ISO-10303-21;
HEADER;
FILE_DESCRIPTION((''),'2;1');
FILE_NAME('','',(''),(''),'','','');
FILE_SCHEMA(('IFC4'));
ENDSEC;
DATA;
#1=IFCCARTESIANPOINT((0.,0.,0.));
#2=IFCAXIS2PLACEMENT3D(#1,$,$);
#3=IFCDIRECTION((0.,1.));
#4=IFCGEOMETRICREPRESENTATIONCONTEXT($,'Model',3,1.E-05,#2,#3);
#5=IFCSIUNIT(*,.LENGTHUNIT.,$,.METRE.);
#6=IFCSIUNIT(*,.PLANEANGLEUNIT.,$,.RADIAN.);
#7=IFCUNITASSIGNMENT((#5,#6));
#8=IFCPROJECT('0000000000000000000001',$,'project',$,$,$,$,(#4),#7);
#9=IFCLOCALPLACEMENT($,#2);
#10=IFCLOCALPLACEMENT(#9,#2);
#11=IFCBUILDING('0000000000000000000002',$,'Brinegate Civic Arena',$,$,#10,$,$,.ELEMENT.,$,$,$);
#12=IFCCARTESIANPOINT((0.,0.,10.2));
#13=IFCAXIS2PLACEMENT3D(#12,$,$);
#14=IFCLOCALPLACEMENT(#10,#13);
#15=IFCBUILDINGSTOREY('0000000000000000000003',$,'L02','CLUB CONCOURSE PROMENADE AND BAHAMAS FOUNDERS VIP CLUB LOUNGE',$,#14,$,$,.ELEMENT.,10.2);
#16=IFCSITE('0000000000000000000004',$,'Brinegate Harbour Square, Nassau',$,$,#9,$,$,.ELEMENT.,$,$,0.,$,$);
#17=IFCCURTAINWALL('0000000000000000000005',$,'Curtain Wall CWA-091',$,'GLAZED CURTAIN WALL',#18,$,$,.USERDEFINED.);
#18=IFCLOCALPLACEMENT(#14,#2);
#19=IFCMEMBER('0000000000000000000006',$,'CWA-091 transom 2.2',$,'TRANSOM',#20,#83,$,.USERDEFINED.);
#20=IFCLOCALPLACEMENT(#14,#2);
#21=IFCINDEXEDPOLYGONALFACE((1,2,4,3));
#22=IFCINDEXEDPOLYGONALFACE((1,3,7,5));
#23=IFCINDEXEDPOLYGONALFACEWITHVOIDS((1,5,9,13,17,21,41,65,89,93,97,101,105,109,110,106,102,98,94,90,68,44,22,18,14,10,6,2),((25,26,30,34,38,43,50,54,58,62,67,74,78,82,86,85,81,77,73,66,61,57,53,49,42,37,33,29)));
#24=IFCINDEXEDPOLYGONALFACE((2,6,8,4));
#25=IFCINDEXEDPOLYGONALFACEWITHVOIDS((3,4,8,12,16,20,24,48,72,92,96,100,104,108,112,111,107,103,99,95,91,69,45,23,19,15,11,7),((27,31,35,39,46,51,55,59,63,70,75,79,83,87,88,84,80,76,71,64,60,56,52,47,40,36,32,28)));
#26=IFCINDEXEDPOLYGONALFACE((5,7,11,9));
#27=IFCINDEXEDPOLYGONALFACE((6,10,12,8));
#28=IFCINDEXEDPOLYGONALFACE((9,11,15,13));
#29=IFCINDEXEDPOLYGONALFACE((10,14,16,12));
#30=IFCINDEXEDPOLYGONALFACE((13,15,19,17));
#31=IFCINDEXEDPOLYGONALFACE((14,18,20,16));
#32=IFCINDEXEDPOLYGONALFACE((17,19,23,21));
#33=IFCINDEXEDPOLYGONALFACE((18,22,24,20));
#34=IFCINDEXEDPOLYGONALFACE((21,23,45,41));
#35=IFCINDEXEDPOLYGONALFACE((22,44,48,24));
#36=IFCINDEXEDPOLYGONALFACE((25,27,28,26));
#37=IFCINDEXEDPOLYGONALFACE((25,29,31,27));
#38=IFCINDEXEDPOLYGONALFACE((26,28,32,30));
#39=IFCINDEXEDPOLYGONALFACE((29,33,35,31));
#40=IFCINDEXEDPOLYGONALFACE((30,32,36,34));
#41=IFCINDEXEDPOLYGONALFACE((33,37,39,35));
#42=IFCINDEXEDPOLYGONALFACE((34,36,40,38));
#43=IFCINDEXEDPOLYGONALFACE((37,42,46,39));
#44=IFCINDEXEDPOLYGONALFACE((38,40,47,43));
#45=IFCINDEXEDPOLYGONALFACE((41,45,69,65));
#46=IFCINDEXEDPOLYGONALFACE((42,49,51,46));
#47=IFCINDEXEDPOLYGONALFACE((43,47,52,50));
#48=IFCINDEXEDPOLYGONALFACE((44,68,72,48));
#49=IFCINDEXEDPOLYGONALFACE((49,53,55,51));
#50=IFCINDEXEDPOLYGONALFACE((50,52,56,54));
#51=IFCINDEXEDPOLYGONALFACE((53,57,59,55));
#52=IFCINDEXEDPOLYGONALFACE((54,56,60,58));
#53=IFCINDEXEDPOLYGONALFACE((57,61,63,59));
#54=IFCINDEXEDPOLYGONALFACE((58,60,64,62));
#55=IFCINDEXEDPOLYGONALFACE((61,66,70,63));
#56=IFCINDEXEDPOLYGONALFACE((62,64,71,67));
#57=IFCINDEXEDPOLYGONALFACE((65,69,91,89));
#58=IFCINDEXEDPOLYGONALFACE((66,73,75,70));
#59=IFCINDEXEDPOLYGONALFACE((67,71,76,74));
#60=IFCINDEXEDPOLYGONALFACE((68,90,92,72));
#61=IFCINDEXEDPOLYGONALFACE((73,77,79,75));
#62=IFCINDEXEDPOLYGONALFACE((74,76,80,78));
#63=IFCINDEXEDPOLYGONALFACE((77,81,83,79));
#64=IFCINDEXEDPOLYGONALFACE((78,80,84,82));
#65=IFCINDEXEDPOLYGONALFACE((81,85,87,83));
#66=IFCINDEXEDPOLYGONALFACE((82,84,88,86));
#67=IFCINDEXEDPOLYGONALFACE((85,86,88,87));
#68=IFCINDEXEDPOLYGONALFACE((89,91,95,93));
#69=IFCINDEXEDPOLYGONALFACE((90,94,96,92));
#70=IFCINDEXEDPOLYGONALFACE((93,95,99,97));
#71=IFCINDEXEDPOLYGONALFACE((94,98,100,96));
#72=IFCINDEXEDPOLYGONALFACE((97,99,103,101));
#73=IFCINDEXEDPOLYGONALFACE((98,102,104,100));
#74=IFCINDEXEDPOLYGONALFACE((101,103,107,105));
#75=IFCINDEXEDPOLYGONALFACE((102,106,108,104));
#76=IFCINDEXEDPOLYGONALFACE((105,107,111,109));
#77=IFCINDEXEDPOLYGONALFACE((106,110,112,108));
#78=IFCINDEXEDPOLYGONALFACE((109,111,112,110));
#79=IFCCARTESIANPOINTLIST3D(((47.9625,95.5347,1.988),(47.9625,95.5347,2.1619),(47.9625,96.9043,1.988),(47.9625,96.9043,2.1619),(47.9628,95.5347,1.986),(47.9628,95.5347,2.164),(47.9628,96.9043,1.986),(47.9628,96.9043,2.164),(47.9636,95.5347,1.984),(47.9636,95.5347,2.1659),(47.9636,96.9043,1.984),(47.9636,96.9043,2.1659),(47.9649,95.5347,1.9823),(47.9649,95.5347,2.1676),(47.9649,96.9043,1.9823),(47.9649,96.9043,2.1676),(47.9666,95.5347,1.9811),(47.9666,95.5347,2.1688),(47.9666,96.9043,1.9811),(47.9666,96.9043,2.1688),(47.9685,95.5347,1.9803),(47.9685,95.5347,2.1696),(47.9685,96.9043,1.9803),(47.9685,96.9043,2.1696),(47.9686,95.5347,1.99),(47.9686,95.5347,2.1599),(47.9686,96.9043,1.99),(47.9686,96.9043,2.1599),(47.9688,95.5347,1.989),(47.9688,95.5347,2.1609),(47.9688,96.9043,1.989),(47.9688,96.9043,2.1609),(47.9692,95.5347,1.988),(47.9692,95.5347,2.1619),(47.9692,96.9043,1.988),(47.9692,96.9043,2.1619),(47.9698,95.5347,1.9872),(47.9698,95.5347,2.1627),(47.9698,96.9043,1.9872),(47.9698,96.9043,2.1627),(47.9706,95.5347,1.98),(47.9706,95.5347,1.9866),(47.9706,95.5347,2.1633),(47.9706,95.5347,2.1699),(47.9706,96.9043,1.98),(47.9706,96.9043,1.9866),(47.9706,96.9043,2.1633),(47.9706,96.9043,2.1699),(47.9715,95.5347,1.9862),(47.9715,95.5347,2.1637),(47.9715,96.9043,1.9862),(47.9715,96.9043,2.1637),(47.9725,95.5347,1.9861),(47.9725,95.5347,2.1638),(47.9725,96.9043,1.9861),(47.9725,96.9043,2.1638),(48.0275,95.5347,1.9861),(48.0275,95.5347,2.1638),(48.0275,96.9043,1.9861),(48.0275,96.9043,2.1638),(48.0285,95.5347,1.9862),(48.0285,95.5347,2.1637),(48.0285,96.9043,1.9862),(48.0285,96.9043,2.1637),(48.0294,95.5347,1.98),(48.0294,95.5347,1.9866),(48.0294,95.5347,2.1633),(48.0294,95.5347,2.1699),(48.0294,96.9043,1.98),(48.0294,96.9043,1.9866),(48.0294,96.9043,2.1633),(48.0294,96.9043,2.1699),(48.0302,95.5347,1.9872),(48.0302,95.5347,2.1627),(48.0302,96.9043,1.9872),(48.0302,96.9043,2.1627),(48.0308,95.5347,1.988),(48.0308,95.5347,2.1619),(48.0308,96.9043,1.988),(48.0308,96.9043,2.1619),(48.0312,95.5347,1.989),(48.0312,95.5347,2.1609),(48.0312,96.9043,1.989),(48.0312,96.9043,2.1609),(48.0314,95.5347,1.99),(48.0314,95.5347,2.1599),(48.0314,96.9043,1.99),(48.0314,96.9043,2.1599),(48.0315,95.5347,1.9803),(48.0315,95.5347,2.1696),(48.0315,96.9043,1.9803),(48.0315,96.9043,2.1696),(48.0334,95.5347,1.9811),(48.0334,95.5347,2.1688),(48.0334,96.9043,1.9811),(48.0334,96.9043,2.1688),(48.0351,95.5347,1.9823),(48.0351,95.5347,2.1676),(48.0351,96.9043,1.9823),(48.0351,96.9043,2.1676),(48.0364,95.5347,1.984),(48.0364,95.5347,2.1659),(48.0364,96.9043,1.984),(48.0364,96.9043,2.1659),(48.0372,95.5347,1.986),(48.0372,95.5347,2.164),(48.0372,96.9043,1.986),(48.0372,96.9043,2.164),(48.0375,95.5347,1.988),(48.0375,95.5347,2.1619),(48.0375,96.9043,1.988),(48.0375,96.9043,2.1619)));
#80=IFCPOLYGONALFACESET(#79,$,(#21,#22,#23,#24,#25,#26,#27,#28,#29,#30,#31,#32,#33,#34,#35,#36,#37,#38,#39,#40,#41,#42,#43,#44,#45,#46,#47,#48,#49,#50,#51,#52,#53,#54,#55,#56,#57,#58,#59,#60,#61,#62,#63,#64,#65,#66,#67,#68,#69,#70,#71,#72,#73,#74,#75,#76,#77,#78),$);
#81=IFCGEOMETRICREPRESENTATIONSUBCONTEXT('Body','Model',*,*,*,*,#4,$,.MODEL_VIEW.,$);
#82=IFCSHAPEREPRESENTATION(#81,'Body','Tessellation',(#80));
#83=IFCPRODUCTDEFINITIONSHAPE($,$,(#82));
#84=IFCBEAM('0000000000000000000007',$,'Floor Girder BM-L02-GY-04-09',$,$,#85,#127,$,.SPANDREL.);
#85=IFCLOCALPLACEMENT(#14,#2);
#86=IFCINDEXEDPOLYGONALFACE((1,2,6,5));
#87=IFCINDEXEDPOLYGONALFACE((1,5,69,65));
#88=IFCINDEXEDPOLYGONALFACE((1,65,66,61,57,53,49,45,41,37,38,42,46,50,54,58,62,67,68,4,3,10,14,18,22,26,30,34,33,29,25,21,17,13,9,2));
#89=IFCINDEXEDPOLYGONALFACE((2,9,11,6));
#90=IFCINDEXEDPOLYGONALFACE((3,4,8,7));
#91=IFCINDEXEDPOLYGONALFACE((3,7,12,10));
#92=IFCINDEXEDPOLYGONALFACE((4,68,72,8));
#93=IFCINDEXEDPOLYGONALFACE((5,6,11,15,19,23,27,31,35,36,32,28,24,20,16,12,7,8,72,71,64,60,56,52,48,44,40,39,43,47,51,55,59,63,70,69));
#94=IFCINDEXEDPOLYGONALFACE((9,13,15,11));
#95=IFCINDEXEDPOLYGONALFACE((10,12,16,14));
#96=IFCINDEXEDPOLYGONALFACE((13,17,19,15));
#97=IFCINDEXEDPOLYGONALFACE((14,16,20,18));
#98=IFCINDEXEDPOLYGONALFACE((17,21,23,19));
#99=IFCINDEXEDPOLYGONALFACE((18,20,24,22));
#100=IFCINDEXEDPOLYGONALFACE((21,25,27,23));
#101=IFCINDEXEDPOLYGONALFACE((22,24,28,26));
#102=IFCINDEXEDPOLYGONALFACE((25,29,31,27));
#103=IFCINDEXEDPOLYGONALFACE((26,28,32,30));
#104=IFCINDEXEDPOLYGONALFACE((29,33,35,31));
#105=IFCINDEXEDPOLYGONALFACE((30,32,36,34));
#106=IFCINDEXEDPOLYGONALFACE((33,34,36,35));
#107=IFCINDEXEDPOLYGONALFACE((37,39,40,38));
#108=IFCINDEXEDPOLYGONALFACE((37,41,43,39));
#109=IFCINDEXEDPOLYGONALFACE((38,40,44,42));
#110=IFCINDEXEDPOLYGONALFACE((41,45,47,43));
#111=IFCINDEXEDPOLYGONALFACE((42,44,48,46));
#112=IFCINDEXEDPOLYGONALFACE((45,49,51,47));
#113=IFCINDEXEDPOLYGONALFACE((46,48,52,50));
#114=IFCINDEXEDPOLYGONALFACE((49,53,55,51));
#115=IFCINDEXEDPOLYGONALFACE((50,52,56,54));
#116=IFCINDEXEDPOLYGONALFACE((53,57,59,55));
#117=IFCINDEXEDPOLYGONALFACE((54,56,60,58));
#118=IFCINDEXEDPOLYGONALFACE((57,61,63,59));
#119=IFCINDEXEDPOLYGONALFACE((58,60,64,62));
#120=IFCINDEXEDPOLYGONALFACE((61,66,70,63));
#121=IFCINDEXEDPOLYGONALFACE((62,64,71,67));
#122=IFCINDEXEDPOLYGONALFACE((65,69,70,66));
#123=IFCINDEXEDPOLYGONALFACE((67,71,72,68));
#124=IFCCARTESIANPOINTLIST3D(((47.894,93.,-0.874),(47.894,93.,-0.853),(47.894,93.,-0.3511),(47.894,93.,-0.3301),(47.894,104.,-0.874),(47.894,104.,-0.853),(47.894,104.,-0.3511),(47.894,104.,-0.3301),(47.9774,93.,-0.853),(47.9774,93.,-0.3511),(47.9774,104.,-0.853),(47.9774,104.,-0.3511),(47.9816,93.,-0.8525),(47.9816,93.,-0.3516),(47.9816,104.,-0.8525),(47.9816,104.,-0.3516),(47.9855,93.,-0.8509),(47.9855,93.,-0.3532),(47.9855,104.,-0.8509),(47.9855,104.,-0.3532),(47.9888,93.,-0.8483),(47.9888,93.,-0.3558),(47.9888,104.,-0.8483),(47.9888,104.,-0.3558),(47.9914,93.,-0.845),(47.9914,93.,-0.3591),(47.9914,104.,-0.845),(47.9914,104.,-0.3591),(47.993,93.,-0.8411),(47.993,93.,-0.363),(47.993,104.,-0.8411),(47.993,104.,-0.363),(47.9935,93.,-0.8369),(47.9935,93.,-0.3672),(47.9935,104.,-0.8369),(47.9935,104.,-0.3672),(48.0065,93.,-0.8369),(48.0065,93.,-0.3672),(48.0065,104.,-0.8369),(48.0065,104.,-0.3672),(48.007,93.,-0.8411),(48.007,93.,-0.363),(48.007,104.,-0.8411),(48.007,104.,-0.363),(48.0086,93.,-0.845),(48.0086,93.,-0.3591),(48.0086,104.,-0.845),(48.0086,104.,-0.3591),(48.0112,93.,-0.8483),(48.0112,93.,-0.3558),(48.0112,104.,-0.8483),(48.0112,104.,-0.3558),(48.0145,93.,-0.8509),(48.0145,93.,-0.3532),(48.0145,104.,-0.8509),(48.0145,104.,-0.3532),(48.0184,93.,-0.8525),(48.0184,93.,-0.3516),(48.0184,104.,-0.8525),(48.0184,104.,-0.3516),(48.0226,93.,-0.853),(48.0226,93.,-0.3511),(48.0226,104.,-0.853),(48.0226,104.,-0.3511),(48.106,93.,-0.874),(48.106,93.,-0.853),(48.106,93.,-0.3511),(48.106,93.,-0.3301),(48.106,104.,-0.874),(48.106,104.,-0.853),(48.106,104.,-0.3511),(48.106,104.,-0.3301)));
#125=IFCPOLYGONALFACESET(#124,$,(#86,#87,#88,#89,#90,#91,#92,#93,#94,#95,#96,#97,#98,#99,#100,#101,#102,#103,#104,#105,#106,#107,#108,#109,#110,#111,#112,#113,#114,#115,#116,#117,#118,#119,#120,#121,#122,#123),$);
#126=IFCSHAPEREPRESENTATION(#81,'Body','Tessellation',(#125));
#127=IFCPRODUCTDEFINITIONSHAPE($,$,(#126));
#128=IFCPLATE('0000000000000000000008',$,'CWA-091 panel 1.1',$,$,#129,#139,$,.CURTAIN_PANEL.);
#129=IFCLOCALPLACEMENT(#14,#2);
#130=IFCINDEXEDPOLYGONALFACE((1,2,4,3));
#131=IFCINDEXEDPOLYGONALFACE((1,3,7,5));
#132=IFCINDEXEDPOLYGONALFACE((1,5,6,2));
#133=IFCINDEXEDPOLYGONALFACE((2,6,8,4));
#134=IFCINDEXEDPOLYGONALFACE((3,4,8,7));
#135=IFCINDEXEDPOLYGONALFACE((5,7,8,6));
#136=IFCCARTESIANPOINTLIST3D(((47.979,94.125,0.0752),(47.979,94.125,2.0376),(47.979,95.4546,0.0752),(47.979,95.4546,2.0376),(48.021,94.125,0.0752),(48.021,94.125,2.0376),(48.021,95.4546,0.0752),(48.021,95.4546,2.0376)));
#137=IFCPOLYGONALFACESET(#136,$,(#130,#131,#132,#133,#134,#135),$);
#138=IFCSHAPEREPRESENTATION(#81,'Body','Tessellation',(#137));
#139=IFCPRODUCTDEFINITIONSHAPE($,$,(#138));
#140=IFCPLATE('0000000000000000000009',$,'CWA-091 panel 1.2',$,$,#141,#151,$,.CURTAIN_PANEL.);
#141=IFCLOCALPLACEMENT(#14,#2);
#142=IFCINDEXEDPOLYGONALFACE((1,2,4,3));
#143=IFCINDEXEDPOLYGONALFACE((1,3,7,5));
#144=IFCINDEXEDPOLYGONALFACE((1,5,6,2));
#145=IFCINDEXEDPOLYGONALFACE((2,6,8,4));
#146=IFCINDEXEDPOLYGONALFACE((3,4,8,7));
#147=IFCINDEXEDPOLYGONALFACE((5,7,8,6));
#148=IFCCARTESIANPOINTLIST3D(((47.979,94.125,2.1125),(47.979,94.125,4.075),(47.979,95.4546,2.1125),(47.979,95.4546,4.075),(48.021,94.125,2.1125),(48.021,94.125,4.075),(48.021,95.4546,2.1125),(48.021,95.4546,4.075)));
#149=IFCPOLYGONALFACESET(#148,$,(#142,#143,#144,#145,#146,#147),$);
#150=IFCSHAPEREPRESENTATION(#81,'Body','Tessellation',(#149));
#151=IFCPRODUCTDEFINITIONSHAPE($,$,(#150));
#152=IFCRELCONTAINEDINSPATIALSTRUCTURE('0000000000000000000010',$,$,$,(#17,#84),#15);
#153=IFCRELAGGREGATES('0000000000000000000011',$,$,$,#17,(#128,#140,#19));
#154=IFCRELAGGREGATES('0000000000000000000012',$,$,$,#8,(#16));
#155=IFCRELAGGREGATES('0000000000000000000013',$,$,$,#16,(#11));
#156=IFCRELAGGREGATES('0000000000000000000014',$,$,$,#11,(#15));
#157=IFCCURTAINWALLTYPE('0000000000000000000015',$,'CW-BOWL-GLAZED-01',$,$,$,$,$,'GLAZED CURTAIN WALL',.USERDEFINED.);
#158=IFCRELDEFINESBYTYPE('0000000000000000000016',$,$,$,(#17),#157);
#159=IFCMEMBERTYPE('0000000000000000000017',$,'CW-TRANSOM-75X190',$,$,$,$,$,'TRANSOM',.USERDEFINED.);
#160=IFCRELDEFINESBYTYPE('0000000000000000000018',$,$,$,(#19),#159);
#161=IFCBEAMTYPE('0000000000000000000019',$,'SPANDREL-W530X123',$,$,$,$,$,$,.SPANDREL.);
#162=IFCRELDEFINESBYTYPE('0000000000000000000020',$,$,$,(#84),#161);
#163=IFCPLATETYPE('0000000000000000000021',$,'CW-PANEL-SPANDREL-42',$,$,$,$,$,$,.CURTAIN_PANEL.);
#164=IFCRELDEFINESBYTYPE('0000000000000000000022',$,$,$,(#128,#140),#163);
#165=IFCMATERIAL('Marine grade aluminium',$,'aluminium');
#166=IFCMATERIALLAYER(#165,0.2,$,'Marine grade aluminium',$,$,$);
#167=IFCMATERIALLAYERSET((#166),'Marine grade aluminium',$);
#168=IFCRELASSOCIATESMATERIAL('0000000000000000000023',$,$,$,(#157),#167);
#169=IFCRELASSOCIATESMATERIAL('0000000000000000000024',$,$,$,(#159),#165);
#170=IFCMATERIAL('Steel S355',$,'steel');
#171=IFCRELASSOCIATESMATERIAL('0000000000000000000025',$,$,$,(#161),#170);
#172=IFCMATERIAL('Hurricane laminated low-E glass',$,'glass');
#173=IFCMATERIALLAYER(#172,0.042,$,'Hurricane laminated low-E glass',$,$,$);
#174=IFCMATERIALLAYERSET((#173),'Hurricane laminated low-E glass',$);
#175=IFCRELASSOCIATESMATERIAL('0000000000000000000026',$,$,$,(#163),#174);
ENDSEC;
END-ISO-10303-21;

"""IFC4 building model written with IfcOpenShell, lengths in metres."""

from ifc_helpers import new_model, si_unit, direction, frame, origin, origin_2d, place, context, subcontext, project, spatial, rectangle, hollow_rectangle, i_section, extrude, material, layer, layer_set, material_profile, profile_set, type_object, element, aggregate, save


model = new_model("IFC4")

# Units and contexts
model_context = context("Model", 3, precision=1e-05, world=origin(), true_north=direction((0.0, 1.0)))
body_context = subcontext(model_context, "Body", "Model", "MODEL_VIEW")
ifc_project = project(units=[si_unit("LENGTHUNIT", "METRE"), si_unit("PLANEANGLEUNIT", "RADIAN")], contexts=[model_context])

# Site, building, storey
site_placement = place(None, origin())
site = spatial("IfcSite", under=ifc_project, at=site_placement, Name="Brinegate Harbour Square, Nassau", CompositionType="ELEMENT", RefElevation=0.0)
building_placement = place(site_placement, origin())
building = spatial("IfcBuilding", under=site, at=building_placement, Name="Brinegate Civic Arena", CompositionType="ELEMENT")
storey_placement = place(building_placement, frame((0.0, 0.0, 10.2)))
storey = spatial("IfcBuildingStorey", under=building, at=storey_placement, Name="L02", Description="CLUB CONCOURSE PROMENADE AND BAHAMAS FOUNDERS VIP CLUB LOUNGE", CompositionType="ELEMENT", Elevation=10.2)

# Curtain wall, member
ifc_material_1 = material(Name="Marine grade aluminium", Category="aluminium")
ifc_layer_1 = layer(ifc_material_1, 0.2, Name="Marine grade aluminium")
ifc_layer_set_1 = layer_set([ifc_layer_1], Name="Marine grade aluminium")
curtain_wall_type = type_object("IfcCurtainWallType", Name="CW-BOWL-GLAZED-01", ElementType="GLAZED CURTAIN WALL", PredefinedType="USERDEFINED", material=ifc_layer_set_1)
curtain_wall_placement = place(storey_placement, origin())
curtain_wall = element("IfcCurtainWall", 1, at=curtain_wall_placement, inside=storey, type_object=curtain_wall_type, Name="Curtain Wall CWA-091", ObjectType="GLAZED CURTAIN WALL", PredefinedType="USERDEFINED")
ifc_material_profile_1 = material_profile(ifc_material_1, hollow_rectangle(XDim=0.075, YDim=0.1899, WallThickness=0.0061, InnerFilletRadius=0.0039, OuterFilletRadius=0.0081, at=origin_2d()), Name="TRN75X190")
ifc_profile_set_1 = profile_set([ifc_material_profile_1], Name="Marine grade aluminium")
member_type_1 = type_object("IfcMemberType", Name="CW-TRANSOM-75X190", ElementType="TRANSOM", PredefinedType="USERDEFINED", material=ifc_profile_set_1)
member_1_placement = place(storey_placement, frame((48.0, 95.5347, 2.075), z_axis=(0.0, 1.0, 0.0), x_axis=(-1.0, 0.0, 0.0)))
member_1 = element("IfcMember", 2, at=member_1_placement, type_object=member_type_1, Name="CWA-091 transom 2.2", ObjectType="TRANSOM", PredefinedType="USERDEFINED", context=body_context, shape_type="SweptSolid", body=[
    extrude(hollow_rectangle(XDim=0.075, YDim=0.1899, WallThickness=0.0061, InnerFilletRadius=0.0039, OuterFilletRadius=0.0081, at=origin_2d()), origin(), (0.0, 0.0, 1.0), 1.3696),
])

# Beam
ifc_material_2 = material(Name="Steel S355", Category="steel")
ifc_material_profile_2 = material_profile(ifc_material_2, i_section(OverallWidth=0.2119, OverallDepth=0.5439, WebThickness=0.0129, FlangeThickness=0.021, FilletRadius=0.0161, at=origin_2d()), Name="W530X123")
ifc_profile_set_2 = profile_set([ifc_material_profile_2], Name="Steel S355")
beam_type = type_object("IfcBeamType", Name="SPANDREL-W530X123", PredefinedType="SPANDREL", material=ifc_profile_set_2)
beam_placement = place(storey_placement, frame((48.0, 93.0, -0.6021), z_axis=(0.0, 1.0, 0.0), x_axis=(-1.0, 0.0, 0.0)))
element("IfcBeam", 3, at=beam_placement, inside=storey, type_object=beam_type, Name="Floor Girder BM-L02-GY-04-09", PredefinedType="SPANDREL", context=body_context, shape_type="SweptSolid", body=[
    extrude(i_section(OverallWidth=0.2119, OverallDepth=0.5439, WebThickness=0.0129, FlangeThickness=0.021, FilletRadius=0.0161, at=origin_2d()), origin(), (0.0, 0.0, 1.0), 11.0),
])

# Plates
ifc_material_3 = material(Name="Hurricane laminated low-E glass", Category="glass")
ifc_layer_2 = layer(ifc_material_3, 0.042, Name="Hurricane laminated low-E glass")
ifc_layer_set_2 = layer_set([ifc_layer_2], Name="Hurricane laminated low-E glass")
plate_type = type_object("IfcPlateType", Name="CW-PANEL-SPANDREL-42", PredefinedType="CURTAIN_PANEL", material=ifc_layer_set_2)
plate_1_placement = place(storey_placement, frame((48.0, 94.7898, 0.0752), z_axis=(0.0, 0.0, 1.0), x_axis=(0.0, 1.0, 0.0)))
plate_1 = element("IfcPlate", 4, at=plate_1_placement, type_object=plate_type, Name="CWA-091 panel 1.1", PredefinedType="CURTAIN_PANEL", context=body_context, shape_type="SweptSolid", body=[
    extrude(rectangle(XDim=1.3296, YDim=0.042, at=origin_2d()), origin(), (0.0, 0.0, 1.0), 1.9624),
])
plate_2_placement = place(storey_placement, frame((48.0, 94.7898, 2.1125), z_axis=(0.0, 0.0, 1.0), x_axis=(0.0, 1.0, 0.0)))
plate_2 = element("IfcPlate", 5, at=plate_2_placement, type_object=plate_type, Name="CWA-091 panel 1.2", PredefinedType="CURTAIN_PANEL", context=body_context, shape_type="SweptSolid", body=[
    extrude(rectangle(XDim=1.3296, YDim=0.042, at=origin_2d()), origin(), (0.0, 0.0, 1.0), 1.9624),
])
aggregate(curtain_wall, [plate_1, plate_2, member_1])

save(model, "model.ifc")
